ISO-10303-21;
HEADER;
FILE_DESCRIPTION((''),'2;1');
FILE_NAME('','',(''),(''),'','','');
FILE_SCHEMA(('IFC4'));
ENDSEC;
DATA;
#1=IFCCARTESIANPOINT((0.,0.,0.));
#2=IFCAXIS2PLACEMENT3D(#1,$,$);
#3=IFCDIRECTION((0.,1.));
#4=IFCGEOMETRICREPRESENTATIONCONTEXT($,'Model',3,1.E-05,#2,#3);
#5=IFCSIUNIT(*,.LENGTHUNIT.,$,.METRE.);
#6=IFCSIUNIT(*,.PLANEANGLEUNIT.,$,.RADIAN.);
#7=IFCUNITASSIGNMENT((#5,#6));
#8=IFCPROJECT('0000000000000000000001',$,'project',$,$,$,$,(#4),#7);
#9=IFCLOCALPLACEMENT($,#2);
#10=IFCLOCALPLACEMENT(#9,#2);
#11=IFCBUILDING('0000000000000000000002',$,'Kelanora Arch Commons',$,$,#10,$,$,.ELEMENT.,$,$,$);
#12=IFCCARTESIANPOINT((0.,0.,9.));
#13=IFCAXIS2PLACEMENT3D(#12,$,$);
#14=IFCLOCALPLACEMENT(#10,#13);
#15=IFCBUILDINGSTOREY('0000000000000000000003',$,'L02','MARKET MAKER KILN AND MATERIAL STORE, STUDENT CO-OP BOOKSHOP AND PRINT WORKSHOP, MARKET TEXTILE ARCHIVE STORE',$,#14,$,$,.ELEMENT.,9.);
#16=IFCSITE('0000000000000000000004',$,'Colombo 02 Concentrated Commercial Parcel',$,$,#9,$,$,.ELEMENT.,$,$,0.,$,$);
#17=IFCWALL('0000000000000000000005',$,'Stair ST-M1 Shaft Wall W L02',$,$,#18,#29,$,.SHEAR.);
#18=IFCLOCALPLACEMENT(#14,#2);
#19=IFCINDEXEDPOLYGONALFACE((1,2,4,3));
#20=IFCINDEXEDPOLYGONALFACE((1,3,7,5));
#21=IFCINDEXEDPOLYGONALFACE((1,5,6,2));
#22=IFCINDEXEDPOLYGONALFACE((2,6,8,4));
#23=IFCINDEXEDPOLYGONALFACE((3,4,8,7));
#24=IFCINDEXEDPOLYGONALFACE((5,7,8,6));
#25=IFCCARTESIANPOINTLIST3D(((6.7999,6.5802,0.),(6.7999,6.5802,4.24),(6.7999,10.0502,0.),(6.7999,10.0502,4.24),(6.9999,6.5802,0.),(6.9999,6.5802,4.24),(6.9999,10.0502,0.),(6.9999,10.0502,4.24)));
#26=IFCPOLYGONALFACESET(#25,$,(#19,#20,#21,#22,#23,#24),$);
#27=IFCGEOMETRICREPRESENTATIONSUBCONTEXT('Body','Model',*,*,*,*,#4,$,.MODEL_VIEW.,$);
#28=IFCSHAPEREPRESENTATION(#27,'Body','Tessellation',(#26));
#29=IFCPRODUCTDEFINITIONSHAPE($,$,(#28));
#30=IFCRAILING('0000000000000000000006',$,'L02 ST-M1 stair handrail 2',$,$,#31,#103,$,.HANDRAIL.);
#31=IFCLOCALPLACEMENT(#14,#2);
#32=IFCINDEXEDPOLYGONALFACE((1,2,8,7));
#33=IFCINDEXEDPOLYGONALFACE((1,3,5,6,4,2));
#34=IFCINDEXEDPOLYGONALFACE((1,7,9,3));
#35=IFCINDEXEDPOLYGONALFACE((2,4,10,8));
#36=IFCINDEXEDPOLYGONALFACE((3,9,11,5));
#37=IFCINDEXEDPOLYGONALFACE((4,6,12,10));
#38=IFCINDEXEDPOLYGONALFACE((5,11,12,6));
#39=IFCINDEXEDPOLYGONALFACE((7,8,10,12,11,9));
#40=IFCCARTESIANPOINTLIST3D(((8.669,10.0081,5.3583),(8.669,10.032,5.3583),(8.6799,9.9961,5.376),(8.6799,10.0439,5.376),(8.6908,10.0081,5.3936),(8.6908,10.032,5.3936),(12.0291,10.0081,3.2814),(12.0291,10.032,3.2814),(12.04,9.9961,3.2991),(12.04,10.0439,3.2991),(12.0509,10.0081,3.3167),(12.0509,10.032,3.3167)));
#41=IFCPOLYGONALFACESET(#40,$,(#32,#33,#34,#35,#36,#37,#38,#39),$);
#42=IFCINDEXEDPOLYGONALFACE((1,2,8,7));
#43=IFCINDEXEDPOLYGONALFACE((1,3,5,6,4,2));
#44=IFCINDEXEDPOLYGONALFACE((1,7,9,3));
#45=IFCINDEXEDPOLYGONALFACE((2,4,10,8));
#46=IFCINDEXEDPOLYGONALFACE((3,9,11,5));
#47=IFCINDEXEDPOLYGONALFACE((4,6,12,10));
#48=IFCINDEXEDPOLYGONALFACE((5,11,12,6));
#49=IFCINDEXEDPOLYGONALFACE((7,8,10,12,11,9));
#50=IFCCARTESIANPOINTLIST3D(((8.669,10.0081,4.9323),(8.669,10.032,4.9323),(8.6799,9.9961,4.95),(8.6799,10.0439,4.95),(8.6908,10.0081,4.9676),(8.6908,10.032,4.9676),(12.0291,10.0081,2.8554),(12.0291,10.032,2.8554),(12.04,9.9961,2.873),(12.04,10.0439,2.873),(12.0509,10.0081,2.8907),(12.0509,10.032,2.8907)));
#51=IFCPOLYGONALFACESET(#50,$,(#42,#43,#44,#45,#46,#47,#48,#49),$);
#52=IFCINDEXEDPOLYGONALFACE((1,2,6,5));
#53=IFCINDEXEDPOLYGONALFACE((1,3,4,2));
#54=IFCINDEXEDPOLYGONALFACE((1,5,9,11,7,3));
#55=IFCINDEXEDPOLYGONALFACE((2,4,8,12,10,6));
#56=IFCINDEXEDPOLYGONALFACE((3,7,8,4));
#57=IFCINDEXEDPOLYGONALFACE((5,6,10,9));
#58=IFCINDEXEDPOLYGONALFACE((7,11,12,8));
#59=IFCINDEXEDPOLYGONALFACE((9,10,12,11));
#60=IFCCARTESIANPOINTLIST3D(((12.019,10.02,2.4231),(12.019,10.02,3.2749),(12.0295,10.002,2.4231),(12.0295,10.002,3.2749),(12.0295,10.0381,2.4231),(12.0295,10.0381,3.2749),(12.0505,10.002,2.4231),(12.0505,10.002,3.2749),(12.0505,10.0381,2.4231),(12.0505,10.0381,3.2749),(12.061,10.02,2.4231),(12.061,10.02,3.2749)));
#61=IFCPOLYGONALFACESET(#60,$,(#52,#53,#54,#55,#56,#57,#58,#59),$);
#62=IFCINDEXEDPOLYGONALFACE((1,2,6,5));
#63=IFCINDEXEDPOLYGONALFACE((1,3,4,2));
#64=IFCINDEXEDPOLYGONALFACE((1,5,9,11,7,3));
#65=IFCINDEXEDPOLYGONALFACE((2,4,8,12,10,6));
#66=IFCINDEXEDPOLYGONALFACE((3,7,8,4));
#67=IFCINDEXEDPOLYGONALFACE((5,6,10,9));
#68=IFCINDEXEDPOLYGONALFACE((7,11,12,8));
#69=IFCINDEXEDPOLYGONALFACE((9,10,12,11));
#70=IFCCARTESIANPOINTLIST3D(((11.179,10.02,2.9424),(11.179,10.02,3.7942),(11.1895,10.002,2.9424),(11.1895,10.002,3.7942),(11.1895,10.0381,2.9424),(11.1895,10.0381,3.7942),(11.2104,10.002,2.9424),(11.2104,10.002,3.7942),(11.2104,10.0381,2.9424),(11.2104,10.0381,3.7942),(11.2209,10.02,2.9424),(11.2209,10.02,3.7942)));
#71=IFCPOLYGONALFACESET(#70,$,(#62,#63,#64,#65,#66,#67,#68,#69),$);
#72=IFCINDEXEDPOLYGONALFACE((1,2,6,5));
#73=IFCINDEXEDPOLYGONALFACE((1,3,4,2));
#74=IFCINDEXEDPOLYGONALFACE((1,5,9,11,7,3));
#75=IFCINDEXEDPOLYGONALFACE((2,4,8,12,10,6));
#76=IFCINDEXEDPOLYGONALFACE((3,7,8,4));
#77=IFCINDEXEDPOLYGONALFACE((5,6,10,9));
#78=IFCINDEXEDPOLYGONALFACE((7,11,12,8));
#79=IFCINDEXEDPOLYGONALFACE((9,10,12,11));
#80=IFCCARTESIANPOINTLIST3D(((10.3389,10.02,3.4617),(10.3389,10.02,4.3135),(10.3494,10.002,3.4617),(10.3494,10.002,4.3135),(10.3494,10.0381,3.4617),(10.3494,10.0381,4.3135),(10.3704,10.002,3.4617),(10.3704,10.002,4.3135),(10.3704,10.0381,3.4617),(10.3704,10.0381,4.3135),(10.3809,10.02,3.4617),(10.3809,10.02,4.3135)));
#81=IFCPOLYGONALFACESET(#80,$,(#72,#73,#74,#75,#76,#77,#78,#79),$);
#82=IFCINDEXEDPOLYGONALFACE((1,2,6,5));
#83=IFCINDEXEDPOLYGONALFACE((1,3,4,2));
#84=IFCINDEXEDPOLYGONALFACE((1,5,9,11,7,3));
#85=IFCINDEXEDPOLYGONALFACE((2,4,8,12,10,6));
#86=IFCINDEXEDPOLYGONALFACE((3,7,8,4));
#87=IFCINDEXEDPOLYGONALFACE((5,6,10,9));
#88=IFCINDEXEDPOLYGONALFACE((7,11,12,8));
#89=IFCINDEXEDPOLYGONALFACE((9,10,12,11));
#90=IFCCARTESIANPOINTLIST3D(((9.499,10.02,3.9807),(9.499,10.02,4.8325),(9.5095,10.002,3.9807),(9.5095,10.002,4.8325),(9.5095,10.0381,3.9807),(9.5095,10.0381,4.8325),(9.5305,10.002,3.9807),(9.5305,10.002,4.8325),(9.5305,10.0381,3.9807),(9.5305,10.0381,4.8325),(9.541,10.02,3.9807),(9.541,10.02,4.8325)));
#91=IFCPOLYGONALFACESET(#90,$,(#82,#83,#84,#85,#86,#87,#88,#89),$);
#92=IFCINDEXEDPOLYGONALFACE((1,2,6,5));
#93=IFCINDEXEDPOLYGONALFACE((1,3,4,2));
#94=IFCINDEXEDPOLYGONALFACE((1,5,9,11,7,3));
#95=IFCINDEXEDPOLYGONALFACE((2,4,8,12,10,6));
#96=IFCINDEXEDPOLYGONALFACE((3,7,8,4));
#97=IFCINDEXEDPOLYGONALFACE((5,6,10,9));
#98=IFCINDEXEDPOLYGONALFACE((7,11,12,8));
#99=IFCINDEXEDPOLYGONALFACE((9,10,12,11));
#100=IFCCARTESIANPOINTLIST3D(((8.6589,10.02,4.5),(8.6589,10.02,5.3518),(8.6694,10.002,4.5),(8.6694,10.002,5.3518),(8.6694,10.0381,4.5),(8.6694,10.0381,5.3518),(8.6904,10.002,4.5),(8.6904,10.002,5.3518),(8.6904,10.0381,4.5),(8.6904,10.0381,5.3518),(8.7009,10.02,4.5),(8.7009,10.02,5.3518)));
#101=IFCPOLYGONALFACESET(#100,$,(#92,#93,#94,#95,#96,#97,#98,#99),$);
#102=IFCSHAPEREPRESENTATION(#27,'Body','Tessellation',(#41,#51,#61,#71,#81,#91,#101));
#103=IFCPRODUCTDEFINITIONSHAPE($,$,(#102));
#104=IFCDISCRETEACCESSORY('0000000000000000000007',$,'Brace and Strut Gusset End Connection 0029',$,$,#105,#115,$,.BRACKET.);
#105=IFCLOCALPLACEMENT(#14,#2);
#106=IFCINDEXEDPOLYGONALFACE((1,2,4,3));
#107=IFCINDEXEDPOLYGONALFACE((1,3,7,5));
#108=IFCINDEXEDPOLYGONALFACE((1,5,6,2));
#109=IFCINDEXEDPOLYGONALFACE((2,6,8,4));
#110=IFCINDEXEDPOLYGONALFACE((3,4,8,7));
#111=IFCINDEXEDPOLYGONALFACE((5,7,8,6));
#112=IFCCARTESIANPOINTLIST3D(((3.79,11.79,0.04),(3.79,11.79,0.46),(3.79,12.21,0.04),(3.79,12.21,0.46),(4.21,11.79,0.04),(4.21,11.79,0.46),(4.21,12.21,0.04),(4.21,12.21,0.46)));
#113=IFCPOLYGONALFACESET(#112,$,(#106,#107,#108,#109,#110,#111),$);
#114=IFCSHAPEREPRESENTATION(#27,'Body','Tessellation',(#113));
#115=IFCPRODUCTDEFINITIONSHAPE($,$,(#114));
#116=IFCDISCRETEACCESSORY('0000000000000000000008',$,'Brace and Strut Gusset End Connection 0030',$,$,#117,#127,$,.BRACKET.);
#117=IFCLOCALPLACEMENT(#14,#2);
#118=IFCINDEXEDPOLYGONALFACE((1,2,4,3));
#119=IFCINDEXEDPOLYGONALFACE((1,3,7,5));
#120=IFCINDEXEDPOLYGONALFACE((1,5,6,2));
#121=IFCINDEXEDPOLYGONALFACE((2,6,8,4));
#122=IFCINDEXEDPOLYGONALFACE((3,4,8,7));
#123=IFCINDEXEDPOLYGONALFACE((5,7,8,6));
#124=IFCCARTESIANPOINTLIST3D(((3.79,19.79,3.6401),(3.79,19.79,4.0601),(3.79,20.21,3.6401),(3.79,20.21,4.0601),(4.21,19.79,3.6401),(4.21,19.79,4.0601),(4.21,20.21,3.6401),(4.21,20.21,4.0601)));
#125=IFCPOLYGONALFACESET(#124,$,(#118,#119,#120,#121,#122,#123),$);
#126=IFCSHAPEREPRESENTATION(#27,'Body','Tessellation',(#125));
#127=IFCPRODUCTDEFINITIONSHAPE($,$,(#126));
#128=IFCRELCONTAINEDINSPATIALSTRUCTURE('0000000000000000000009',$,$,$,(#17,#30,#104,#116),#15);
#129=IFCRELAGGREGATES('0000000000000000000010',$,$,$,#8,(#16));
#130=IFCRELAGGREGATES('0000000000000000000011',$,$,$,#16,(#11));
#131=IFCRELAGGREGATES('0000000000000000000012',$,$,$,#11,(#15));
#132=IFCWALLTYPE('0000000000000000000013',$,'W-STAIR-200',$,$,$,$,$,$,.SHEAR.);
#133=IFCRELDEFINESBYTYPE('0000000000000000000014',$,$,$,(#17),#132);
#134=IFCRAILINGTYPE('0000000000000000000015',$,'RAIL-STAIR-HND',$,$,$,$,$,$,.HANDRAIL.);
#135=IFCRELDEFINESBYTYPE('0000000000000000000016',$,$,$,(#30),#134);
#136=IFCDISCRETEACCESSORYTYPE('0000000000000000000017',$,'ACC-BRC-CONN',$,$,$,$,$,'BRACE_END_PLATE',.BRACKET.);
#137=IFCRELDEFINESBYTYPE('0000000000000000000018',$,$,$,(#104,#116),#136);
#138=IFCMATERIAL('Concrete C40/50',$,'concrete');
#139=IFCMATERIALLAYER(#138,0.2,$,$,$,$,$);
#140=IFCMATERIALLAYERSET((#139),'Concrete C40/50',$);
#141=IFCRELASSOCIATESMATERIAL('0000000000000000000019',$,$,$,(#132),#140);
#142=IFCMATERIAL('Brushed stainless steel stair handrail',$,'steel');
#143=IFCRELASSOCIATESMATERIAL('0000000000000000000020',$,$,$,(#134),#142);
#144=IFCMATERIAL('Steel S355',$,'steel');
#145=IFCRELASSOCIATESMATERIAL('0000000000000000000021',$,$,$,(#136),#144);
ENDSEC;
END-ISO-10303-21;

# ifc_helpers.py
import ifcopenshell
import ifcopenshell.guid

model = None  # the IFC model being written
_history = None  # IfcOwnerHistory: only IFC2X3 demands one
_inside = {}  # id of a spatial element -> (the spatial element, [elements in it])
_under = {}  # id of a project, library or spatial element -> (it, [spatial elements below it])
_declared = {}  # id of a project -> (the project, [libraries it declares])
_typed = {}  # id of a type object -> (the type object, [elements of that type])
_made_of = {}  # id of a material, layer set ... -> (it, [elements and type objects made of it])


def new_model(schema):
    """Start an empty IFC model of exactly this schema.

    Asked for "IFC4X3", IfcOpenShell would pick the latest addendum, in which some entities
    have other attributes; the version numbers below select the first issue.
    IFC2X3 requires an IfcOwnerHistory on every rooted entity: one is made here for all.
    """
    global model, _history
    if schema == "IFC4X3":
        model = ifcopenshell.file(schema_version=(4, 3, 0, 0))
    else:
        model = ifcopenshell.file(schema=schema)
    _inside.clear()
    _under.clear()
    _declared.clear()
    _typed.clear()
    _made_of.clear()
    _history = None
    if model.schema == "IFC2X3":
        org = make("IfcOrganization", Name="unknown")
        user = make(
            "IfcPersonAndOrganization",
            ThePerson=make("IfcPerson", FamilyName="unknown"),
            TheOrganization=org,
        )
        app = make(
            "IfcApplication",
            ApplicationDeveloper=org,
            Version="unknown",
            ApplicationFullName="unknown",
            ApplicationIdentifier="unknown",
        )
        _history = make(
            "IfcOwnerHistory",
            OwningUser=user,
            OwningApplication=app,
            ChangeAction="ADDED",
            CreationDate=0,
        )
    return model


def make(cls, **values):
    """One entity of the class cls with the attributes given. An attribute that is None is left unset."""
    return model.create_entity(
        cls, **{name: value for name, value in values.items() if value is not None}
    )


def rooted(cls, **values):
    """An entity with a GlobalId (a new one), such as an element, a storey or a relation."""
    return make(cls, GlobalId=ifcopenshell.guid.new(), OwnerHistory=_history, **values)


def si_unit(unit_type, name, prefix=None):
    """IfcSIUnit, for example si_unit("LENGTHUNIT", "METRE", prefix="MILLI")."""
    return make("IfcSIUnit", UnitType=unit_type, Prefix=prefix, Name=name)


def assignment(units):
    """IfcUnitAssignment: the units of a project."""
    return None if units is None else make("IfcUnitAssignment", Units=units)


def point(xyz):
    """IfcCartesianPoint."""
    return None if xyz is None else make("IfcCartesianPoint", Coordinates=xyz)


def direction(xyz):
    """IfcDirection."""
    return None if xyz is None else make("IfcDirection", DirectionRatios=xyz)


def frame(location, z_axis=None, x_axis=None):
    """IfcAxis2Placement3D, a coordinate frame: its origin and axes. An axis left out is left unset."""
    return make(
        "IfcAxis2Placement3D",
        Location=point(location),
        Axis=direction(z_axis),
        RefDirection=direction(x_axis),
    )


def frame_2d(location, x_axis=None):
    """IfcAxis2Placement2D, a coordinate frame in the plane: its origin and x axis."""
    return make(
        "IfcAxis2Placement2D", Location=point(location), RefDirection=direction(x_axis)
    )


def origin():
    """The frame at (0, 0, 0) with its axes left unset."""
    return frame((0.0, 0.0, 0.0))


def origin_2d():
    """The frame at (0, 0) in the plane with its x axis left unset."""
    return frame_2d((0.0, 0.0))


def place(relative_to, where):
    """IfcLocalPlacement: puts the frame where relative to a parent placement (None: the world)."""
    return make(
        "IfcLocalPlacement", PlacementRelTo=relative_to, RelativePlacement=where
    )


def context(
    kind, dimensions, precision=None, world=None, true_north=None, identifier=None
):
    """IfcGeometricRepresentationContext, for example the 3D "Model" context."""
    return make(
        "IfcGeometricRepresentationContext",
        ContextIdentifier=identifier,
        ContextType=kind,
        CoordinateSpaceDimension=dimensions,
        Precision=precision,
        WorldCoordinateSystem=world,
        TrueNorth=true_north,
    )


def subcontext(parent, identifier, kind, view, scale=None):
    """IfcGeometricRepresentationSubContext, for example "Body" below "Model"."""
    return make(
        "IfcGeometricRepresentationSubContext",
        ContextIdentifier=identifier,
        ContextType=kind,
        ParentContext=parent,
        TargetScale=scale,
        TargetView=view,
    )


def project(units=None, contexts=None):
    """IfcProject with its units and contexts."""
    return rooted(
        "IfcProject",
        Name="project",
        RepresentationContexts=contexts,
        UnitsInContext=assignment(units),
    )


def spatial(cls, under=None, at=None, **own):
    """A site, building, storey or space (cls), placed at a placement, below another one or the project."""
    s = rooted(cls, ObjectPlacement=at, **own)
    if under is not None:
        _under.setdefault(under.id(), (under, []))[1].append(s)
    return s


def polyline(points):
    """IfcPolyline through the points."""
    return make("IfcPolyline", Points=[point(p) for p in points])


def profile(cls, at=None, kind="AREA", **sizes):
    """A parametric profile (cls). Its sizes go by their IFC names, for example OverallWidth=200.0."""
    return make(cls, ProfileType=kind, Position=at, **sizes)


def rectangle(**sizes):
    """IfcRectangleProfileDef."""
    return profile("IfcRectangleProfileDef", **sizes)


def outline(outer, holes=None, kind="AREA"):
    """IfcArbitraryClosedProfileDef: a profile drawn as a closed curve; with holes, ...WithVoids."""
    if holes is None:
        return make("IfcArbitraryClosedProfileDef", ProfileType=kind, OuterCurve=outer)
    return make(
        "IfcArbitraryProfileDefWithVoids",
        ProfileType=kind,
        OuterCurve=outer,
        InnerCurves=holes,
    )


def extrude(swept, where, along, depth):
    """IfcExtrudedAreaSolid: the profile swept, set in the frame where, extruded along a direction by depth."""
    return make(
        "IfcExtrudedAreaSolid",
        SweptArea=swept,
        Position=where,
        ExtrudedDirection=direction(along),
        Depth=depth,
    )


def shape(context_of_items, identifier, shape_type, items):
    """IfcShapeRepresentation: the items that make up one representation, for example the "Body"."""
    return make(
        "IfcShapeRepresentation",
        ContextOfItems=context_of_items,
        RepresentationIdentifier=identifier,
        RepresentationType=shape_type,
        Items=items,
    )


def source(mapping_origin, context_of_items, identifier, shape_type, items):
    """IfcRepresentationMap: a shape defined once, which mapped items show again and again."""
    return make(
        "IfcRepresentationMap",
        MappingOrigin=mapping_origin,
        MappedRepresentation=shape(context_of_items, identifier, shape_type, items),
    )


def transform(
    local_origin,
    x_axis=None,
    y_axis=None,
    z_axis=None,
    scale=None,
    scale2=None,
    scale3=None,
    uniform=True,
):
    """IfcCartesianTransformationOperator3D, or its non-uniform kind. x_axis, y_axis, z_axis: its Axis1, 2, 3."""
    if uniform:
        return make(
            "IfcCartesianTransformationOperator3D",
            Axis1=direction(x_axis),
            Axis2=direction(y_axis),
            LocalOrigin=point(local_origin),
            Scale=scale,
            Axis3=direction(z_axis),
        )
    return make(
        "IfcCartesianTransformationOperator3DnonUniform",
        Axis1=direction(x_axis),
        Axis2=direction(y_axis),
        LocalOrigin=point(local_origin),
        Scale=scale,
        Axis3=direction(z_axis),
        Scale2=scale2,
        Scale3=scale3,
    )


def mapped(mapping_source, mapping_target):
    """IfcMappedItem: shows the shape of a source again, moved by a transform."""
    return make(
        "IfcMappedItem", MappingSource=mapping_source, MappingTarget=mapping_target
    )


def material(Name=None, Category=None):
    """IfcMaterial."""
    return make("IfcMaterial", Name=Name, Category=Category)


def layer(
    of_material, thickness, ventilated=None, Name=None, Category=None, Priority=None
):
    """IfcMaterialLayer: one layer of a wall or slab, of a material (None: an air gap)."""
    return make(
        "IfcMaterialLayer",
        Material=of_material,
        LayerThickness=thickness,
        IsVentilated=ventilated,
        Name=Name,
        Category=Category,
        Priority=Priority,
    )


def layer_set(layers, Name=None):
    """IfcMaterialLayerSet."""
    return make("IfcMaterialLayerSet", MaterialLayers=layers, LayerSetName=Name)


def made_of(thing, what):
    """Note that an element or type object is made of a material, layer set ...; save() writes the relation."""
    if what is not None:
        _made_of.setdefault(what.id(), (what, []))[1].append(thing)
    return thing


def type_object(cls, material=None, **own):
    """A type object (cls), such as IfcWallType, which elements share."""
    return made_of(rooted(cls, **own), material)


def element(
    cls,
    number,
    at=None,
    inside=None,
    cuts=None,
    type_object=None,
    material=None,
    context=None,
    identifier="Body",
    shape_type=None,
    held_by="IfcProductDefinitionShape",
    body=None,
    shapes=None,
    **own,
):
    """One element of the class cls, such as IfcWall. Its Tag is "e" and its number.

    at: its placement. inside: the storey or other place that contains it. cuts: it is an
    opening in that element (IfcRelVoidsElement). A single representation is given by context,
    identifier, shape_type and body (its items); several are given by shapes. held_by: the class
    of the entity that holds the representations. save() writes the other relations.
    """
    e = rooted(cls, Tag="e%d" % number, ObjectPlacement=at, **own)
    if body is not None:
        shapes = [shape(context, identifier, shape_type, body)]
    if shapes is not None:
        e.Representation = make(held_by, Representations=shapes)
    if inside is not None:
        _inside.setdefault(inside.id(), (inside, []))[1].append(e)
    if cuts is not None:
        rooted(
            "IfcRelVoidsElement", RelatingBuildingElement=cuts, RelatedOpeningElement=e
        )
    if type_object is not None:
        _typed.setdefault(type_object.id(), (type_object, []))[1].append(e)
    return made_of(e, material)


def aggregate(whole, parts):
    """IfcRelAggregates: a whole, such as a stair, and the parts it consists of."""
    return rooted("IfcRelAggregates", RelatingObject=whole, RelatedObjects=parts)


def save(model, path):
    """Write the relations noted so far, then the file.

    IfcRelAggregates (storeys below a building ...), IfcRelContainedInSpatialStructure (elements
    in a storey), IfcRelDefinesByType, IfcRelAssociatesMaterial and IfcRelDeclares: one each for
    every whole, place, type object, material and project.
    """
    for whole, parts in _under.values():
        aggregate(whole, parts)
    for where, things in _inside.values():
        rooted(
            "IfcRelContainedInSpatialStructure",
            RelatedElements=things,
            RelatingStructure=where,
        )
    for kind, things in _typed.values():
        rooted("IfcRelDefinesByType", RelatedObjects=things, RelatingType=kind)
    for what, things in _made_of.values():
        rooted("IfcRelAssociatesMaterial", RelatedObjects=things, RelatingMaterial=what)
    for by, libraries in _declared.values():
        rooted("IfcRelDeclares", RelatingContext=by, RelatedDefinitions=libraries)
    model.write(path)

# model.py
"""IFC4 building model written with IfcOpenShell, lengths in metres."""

from ifc_helpers import new_model, si_unit, direction, frame, frame_2d, origin, origin_2d, place, context, subcontext, project, spatial, polyline, rectangle, outline, extrude, source, transform, mapped, material, layer, layer_set, type_object, element, save


model = new_model("IFC4")

# Units and contexts
model_context = context("Model", 3, precision=1e-05, world=origin(), true_north=direction((0.0, 1.0)))
body_context = subcontext(model_context, "Body", "Model", "MODEL_VIEW")
ifc_project = project(units=[si_unit("LENGTHUNIT", "METRE"), si_unit("PLANEANGLEUNIT", "RADIAN")], contexts=[model_context])

# Site, building, storey
site_placement = place(None, origin())
site = spatial("IfcSite", under=ifc_project, at=site_placement, Name="Colombo 02 Concentrated Commercial Parcel", CompositionType="ELEMENT", RefElevation=0.0)
building_placement = place(site_placement, origin())
building = spatial("IfcBuilding", under=site, at=building_placement, Name="Kelanora Arch Commons", CompositionType="ELEMENT")
storey_placement = place(building_placement, frame((0.0, 0.0, 9.0)))
storey = spatial("IfcBuildingStorey", under=building, at=storey_placement, Name="L02", Description="MARKET MAKER KILN AND MATERIAL STORE, STUDENT CO-OP BOOKSHOP AND PRINT WORKSHOP, MARKET TEXTILE ARCHIVE STORE", CompositionType="ELEMENT", Elevation=9.0)

# Shared definitions
ifc_material_1 = material(Name="Concrete C40/50", Category="concrete")

# Shared definitions
ifc_material_2 = material(Name="Steel S355", Category="steel")

# Shared definitions
ifc_layer_1 = layer(ifc_material_1, 0.2)
ifc_layer_set_1 = layer_set([ifc_layer_1], Name="Concrete C40/50")
wall_type_1 = type_object("IfcWallType", Name="W-STAIR-200", PredefinedType="SHEAR", material=ifc_layer_set_1)

# Wall
wall_1_placement = place(storey_placement, frame((6.8999, 10.05, 0.0), z_axis=(0.0, 0.0, 1.0), x_axis=(0.0, -1.0, 0.0)))
element("IfcWall", 1, at=wall_1_placement, inside=storey, type_object=wall_type_1, Name="Stair ST-M1 Shaft Wall W L02", PredefinedType="SHEAR", context=body_context, shape_type="SweptSolid", body=[
    extrude(rectangle(XDim=3.47, YDim=0.2, at=frame_2d((1.7349, 0.0))), origin(), (0.0, 0.0, 1.0), 4.24),
])

# Railing
ifc_material_3 = material(Name="Brushed stainless steel stair handrail", Category="steel")
railing_type = type_object("IfcRailingType", Name="RAIL-STAIR-HND", PredefinedType="HANDRAIL", material=ifc_material_3)
railing_placement = place(storey_placement, frame((12.04, 10.02, 2.4231)))
element("IfcRailing", 2, at=railing_placement, inside=storey, type_object=railing_type, Name="L02 ST-M1 stair handrail 2", PredefinedType="HANDRAIL", context=body_context, shape_type="SweptSolid", body=[
    extrude(outline(polyline([(0.0239, 0.0), (0.012, 0.0208), (-0.012, 0.0208), (-0.0239, 0.0), (-0.012, -0.0208), (0.012, -0.0208), (0.0239, 0.0)])), frame((0.0, 0.0, 0.876), z_axis=(-0.850623, 0.0, 0.525776), x_axis=(0.0, -1.0, 0.0)), (0.0, 0.0, 1.0), 3.9502),
    extrude(outline(polyline([(0.0239, 0.0), (0.012, 0.0208), (-0.012, 0.0208), (-0.0239, 0.0), (-0.012, -0.0208), (0.012, -0.0208), (0.0239, 0.0)])), frame((0.0, 0.0, 0.45), z_axis=(-0.850623, 0.0, 0.525776), x_axis=(0.0, -1.0, 0.0)), (0.0, 0.0, 1.0), 3.9502),
    extrude(outline(polyline([(0.021, 0.0), (0.0105, 0.0181), (-0.0105, 0.0181), (-0.021, 0.0), (-0.0105, -0.0181), (0.0105, -0.0181), (0.021, 0.0)])), origin(), (0.0, 0.0, 1.0), 0.8518),
    extrude(outline(polyline([(0.021, 0.0), (0.0105, 0.0181), (-0.0105, 0.0181), (-0.021, 0.0), (-0.0105, -0.0181), (0.0105, -0.0181), (0.021, 0.0)])), frame((-0.8401, 0.0, 0.5193)), (0.0, 0.0, 1.0), 0.8518),
    extrude(outline(polyline([(0.021, 0.0), (0.0105, 0.0181), (-0.0105, 0.0181), (-0.021, 0.0), (-0.0105, -0.0181), (0.0105, -0.0181), (0.021, 0.0)])), frame((-1.6802, 0.0, 1.0386)), (0.0, 0.0, 1.0), 0.8518),
    extrude(outline(polyline([(0.021, 0.0), (0.0105, 0.0181), (-0.0105, 0.0181), (-0.021, 0.0), (-0.0105, -0.0181), (0.0105, -0.0181), (0.021, 0.0)])), frame((-2.52, 0.0, 1.5576)), (0.0, 0.0, 1.0), 0.8518),
    extrude(outline(polyline([(0.021, 0.0), (0.0105, 0.0181), (-0.0105, 0.0181), (-0.021, 0.0), (-0.0105, -0.0181), (0.0105, -0.0181), (0.021, 0.0)])), frame((-3.3601, 0.0, 2.0769)), (0.0, 0.0, 1.0), 0.8518),
])

# Discrete accessories
discrete_accessory_type = type_object("IfcDiscreteAccessoryType", Name="ACC-BRC-CONN", ElementType="BRACE_END_PLATE", PredefinedType="BRACKET", material=ifc_material_2)
shared_shape = source(origin(), body_context, "Body", "SweptSolid", [
    extrude(rectangle(XDim=0.4199, YDim=0.4199, at=origin_2d()), origin(), (0.0, 0.0, 1.0), 0.4199),
])
for number, where, z_axis, x_axis, name in (
    (3, (4.0, 12.0, 0.04), (0.0, 0.0, 1.0), (0.0, 1.0, 0.0), "Brace and Strut Gusset End Connection 0029"),
    (4, (4.0, 20.0, 3.6401), (0.0, 0.0, 1.0), (0.0, 1.0, 0.0), "Brace and Strut Gusset End Connection 0030"),
):
    element("IfcDiscreteAccessory", number, at=place(storey_placement, frame(where, z_axis=z_axis, x_axis=x_axis)), inside=storey, type_object=discrete_accessory_type, Name=name, PredefinedType="BRACKET", context=body_context, shape_type="MappedRepresentation", body=[
        mapped(shared_shape, transform((0.0, 0.0, 0.0), scale=1.0)),
    ])

save(model, "model.ifc")
